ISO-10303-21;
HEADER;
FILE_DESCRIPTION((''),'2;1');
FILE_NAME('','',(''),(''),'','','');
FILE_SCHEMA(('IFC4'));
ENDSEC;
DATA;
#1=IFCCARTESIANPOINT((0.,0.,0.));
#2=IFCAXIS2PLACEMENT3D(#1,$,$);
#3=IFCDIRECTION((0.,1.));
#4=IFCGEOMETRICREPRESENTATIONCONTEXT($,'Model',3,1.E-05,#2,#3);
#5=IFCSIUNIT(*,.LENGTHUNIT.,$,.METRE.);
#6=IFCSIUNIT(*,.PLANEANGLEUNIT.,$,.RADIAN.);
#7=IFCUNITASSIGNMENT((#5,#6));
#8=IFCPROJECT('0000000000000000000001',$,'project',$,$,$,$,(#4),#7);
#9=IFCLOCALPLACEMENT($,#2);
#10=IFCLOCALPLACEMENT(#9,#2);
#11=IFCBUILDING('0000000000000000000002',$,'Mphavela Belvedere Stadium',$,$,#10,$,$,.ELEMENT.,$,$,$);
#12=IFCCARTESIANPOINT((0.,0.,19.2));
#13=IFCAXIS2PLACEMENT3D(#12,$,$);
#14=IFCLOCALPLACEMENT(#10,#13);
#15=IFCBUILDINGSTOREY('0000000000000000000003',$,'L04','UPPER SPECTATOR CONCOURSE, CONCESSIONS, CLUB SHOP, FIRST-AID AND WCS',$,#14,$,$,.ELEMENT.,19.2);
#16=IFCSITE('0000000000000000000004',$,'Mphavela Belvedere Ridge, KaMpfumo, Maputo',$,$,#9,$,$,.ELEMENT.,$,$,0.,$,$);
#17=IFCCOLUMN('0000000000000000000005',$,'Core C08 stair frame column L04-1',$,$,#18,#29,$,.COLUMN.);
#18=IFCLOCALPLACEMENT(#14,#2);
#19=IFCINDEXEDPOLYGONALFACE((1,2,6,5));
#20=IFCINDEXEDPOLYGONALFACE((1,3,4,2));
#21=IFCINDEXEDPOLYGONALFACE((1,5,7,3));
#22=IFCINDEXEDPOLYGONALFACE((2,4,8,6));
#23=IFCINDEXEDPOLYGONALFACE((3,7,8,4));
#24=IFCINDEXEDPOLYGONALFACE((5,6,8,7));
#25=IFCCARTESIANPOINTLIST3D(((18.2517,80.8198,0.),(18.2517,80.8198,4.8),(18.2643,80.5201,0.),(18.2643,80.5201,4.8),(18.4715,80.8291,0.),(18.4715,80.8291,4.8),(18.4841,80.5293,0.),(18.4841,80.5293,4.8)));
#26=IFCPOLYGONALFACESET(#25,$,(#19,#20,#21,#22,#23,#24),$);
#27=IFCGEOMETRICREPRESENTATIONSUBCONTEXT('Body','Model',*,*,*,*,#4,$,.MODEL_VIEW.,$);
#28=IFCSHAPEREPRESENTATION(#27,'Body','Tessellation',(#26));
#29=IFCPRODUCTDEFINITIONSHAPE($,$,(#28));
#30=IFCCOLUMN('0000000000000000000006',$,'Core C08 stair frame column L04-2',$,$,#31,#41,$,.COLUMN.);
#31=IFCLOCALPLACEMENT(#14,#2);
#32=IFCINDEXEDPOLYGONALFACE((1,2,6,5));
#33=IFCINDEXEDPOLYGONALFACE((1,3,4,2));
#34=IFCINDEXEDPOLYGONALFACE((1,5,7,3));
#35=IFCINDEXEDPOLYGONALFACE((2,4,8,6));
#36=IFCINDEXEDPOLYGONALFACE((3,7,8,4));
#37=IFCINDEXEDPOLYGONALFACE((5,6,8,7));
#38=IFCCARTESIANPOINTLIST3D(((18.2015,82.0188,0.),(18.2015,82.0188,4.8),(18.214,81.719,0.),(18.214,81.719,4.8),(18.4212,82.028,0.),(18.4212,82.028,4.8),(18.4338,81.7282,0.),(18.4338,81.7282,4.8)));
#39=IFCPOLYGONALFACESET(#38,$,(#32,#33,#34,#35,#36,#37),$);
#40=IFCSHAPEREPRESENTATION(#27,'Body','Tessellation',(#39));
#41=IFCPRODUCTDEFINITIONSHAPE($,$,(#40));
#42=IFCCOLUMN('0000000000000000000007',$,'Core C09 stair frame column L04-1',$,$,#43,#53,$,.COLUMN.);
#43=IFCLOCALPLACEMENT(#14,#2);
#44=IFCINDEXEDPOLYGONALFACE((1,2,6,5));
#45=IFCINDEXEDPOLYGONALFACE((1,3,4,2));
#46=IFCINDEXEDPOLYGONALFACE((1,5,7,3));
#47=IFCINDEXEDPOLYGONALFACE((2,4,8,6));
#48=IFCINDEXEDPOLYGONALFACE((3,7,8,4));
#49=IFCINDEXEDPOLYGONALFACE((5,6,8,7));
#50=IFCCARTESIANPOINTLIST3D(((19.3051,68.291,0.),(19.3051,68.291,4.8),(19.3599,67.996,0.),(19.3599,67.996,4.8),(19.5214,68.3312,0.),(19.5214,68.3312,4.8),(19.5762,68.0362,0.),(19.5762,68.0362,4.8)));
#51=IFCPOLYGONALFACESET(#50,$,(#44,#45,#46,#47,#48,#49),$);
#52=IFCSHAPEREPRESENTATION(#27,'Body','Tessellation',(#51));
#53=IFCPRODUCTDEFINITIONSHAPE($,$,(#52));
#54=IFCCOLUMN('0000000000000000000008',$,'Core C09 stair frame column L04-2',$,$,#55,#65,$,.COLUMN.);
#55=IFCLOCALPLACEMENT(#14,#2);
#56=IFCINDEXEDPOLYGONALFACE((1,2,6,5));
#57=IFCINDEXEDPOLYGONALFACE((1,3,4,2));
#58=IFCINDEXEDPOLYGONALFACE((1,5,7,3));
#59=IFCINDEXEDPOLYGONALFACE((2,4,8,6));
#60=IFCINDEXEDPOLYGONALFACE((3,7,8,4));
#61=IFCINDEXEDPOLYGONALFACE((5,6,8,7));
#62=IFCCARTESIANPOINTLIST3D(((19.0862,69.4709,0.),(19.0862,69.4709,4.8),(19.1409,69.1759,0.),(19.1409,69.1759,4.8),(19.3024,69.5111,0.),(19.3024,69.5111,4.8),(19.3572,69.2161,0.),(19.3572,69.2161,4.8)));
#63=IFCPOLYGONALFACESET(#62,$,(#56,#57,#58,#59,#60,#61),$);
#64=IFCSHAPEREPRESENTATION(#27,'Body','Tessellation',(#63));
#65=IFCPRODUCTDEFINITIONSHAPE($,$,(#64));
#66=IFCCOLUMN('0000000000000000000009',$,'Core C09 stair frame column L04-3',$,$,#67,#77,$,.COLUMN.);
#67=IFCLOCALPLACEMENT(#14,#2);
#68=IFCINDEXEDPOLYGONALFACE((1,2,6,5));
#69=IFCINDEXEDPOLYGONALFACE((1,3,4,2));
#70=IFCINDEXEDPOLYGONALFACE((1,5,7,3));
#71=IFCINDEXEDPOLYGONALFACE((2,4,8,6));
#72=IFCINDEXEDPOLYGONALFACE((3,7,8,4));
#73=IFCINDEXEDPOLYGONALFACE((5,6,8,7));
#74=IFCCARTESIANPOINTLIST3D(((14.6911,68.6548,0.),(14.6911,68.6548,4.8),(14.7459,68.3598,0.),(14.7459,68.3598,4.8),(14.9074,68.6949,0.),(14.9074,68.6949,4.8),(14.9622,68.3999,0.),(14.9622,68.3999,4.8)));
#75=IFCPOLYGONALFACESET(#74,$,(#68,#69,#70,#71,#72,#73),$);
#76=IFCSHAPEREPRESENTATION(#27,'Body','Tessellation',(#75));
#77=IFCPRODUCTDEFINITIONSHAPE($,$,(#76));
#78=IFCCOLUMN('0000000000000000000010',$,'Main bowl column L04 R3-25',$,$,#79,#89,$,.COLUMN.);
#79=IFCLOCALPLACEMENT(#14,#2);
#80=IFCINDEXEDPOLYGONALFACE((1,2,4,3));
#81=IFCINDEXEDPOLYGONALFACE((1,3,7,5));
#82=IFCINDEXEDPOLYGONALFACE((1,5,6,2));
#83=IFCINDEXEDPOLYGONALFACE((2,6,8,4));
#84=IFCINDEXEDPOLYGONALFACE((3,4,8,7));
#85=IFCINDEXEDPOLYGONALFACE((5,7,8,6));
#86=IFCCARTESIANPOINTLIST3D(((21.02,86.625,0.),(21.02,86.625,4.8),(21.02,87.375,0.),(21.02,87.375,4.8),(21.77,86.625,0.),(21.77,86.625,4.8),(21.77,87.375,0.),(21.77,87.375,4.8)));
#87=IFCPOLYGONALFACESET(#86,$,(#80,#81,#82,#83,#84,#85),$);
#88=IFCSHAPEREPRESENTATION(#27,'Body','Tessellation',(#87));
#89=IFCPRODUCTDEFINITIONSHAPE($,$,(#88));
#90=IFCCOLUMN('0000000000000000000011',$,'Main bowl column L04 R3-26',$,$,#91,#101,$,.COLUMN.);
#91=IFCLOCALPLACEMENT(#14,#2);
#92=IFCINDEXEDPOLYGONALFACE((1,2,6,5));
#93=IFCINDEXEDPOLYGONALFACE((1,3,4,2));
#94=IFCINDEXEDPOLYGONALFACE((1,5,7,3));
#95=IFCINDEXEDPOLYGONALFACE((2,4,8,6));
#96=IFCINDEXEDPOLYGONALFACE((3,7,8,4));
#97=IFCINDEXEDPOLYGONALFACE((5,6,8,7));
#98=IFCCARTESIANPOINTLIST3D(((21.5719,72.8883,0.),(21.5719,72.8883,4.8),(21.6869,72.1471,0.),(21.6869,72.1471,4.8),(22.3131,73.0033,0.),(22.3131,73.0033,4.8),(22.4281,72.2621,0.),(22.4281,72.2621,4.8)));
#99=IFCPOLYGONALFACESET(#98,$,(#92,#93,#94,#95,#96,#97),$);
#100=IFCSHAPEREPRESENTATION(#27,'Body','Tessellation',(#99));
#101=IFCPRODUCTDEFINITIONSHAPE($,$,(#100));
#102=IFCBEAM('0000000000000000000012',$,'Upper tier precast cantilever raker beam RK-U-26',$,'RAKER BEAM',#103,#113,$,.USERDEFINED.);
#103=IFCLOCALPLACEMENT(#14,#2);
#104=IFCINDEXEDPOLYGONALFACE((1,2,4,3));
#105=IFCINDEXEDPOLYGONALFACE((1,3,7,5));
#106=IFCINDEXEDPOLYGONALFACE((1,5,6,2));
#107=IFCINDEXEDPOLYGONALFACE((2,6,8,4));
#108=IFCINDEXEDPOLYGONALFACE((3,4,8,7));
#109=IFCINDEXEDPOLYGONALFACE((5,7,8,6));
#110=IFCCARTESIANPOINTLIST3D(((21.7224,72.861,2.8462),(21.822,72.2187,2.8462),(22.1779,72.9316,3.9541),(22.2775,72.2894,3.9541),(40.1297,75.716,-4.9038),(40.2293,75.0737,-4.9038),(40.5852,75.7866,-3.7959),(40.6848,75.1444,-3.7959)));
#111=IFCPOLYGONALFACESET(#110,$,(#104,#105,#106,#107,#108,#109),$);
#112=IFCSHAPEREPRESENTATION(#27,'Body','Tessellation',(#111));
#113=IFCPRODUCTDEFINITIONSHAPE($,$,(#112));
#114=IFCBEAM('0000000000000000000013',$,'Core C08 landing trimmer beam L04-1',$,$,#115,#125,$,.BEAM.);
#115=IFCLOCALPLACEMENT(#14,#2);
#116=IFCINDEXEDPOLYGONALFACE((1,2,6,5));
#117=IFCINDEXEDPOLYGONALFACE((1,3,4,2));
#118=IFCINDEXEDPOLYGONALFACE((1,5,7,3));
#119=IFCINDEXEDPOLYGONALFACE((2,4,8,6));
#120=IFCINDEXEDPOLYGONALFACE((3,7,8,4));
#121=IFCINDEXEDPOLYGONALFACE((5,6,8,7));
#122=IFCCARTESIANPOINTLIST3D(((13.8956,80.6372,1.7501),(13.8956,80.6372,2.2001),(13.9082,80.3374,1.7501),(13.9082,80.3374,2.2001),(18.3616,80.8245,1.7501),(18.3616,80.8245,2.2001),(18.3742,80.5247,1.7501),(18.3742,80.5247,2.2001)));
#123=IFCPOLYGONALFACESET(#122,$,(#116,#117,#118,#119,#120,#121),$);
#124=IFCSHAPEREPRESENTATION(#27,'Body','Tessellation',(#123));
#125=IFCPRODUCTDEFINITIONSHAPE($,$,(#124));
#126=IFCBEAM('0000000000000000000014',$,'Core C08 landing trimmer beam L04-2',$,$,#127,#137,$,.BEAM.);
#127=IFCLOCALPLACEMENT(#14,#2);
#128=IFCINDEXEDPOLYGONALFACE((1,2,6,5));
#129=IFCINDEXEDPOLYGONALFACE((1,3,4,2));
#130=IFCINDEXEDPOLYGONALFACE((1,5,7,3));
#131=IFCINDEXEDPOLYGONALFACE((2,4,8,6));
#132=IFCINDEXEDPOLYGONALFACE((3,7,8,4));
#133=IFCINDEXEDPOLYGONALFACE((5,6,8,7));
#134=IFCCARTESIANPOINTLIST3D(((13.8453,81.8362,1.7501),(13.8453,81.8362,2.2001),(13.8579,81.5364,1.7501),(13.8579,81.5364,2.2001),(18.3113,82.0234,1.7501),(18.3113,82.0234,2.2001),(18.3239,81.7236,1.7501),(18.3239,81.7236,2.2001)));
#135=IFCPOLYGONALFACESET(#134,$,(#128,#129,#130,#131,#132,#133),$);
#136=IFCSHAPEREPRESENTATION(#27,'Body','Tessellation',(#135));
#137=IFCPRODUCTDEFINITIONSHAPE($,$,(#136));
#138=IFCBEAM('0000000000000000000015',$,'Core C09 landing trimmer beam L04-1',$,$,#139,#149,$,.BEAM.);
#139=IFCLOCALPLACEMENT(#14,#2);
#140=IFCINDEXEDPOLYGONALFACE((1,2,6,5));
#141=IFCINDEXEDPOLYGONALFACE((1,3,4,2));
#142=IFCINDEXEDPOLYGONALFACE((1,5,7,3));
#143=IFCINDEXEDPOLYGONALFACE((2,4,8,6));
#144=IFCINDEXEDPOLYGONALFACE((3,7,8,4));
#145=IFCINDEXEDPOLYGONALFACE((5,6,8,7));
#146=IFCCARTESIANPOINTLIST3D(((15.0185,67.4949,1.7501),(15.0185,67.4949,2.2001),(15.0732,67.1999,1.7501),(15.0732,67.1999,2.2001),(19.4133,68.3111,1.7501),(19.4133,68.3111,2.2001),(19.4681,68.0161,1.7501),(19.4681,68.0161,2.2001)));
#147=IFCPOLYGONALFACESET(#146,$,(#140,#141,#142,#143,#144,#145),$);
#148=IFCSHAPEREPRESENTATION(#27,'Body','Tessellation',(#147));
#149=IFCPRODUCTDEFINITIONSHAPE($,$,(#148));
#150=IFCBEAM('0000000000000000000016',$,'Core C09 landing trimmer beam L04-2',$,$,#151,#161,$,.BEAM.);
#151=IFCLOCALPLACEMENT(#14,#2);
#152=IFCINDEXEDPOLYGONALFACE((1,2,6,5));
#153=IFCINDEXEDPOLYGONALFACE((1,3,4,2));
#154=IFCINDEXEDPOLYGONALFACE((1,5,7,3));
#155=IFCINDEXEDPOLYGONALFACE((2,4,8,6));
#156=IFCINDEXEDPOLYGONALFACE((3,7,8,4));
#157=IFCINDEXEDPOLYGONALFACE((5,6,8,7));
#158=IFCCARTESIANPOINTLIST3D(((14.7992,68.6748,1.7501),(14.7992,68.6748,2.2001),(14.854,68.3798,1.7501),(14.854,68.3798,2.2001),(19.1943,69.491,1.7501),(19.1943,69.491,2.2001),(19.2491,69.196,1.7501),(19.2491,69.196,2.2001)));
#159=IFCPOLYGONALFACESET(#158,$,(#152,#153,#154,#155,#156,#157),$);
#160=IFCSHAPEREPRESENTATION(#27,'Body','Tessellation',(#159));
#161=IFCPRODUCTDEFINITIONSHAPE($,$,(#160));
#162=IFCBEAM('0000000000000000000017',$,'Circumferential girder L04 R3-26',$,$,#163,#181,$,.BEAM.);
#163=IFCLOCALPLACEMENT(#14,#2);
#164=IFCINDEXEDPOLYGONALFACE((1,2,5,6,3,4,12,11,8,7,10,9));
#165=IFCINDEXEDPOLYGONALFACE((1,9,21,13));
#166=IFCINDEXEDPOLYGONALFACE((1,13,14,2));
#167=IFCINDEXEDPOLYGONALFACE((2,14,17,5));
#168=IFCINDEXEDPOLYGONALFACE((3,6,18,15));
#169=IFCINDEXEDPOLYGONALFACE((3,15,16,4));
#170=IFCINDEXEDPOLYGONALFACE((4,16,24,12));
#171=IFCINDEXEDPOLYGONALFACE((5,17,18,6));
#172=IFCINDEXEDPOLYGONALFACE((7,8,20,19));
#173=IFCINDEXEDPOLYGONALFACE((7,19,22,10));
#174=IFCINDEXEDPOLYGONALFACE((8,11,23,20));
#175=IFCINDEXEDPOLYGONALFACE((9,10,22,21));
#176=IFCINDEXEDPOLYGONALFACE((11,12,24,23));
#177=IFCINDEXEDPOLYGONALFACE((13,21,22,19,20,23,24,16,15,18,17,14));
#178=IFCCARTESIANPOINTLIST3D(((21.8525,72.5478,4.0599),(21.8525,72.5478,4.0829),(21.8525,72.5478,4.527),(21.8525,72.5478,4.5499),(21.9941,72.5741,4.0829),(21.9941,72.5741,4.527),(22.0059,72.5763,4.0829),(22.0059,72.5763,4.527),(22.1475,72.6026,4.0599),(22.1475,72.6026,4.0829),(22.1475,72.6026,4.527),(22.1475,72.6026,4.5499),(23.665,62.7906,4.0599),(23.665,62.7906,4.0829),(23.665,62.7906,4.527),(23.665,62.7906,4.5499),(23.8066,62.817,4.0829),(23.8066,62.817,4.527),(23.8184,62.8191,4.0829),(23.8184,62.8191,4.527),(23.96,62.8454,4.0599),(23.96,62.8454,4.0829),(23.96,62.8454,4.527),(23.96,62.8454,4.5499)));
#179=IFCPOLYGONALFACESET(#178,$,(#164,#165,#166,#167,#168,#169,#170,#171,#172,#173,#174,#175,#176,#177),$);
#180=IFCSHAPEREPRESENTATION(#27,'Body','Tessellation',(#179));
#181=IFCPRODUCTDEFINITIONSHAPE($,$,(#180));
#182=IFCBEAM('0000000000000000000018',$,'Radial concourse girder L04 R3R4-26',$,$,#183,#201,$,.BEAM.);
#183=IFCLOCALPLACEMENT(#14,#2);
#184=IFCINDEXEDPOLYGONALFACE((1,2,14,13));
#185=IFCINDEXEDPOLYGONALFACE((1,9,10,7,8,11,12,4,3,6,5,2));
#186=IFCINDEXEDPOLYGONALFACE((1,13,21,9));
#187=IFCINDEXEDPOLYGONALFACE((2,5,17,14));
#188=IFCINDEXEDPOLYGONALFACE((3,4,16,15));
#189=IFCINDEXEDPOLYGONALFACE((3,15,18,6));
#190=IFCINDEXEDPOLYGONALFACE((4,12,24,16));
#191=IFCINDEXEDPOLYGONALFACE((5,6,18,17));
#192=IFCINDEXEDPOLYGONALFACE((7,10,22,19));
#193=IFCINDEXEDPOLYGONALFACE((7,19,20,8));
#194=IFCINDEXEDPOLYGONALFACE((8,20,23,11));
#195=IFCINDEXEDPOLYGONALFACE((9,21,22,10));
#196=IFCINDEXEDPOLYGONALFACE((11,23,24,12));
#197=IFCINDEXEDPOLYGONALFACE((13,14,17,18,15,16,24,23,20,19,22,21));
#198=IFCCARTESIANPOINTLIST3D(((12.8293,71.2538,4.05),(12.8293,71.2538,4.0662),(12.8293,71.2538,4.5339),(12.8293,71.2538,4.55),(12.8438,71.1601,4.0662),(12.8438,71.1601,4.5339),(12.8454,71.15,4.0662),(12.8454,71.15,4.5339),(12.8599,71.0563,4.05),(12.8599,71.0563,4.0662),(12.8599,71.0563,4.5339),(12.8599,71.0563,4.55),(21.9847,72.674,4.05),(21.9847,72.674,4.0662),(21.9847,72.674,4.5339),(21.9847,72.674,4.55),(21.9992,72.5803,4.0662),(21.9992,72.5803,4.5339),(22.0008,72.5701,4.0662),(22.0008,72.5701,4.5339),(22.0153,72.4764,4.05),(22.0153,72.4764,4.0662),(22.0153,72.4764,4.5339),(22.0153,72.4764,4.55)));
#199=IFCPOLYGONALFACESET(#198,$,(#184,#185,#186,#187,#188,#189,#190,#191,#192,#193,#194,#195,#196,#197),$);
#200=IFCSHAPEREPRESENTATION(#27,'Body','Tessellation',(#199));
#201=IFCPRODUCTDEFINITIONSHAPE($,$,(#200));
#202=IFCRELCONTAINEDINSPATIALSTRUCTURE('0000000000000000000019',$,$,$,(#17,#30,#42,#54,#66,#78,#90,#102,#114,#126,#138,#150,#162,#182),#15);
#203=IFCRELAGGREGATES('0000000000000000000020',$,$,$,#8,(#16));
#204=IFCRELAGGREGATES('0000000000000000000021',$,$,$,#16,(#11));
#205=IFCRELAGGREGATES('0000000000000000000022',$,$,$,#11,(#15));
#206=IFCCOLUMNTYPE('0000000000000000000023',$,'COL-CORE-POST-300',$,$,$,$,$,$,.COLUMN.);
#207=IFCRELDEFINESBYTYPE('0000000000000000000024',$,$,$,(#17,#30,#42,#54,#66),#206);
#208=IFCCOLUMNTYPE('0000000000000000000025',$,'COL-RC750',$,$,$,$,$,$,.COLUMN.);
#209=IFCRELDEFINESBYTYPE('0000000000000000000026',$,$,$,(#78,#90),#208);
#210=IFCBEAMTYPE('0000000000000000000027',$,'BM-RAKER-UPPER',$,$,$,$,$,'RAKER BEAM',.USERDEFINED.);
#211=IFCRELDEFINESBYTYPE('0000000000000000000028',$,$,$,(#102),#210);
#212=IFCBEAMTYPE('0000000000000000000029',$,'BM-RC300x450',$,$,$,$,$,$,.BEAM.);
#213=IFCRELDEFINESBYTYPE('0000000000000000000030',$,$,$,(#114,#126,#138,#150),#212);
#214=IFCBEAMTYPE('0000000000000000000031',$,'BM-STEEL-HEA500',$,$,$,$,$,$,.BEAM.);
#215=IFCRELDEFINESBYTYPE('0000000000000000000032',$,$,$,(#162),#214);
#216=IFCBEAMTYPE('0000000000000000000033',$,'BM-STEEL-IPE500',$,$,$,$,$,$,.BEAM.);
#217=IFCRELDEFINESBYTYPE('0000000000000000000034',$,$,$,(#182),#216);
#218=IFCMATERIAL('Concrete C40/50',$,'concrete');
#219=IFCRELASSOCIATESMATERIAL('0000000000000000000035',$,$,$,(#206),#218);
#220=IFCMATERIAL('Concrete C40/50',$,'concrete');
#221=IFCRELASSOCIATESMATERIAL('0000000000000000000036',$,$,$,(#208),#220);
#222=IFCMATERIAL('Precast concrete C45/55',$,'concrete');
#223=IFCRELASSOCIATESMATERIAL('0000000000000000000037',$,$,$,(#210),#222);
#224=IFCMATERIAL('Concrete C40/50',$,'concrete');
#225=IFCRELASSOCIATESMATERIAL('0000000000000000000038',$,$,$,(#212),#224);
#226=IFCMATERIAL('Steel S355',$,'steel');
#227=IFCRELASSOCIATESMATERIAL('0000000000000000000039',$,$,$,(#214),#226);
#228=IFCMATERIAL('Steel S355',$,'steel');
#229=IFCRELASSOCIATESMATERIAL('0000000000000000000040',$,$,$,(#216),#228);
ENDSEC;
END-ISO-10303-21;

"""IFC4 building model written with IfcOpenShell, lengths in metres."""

from ifc_helpers import new_model, si_unit, direction, frame, origin, origin_2d, place, context, subcontext, project, spatial, rectangle, i_section, extrude, material, material_profile, profile_set, type_object, element, save


model = new_model("IFC4")

# Units and contexts
model_context = context("Model", 3, precision=1e-05, world=origin(), true_north=direction((0.0, 1.0)))
body_context = subcontext(model_context, "Body", "Model", "MODEL_VIEW")
ifc_project = project(units=[si_unit("LENGTHUNIT", "METRE"), si_unit("PLANEANGLEUNIT", "RADIAN")], contexts=[model_context])

# Site, building, storey
site_placement = place(None, origin())
site = spatial("IfcSite", under=ifc_project, at=site_placement, Name="Mphavela Belvedere Ridge, KaMpfumo, Maputo", CompositionType="ELEMENT", RefElevation=0.0)
building_placement = place(site_placement, origin())
building = spatial("IfcBuilding", under=site, at=building_placement, Name="Mphavela Belvedere Stadium", CompositionType="ELEMENT")
storey_placement = place(building_placement, frame((0.0, 0.0, 19.2)))
storey = spatial("IfcBuildingStorey", under=building, at=storey_placement, Name="L04", Description="UPPER SPECTATOR CONCOURSE, CONCESSIONS, CLUB SHOP, FIRST-AID AND WCS", CompositionType="ELEMENT", Elevation=19.2)

# Columns
ifc_material_1 = material(Name="Concrete C40/50", Category="concrete")
ifc_material_profile_1 = material_profile(ifc_material_1, rectangle(XDim=0.3, YDim=0.22, at=origin_2d()), Name="RC 300x220")
ifc_profile_set_1 = profile_set([ifc_material_profile_1], Name="Concrete C40/50")
column_type_1 = type_object("IfcColumnType", Name="COL-CORE-POST-300", PredefinedType="COLUMN", material=ifc_profile_set_1)
for number, where, z_axis, x_axis, name in (
    (1, (18.3679, 80.6746, 0.0), (0.0, 0.0, 1.0), (-0.041876, 0.999123, 0.0), "Core C08 stair frame column L04-1"),
    (2, (18.3176, 81.8735, 0.0), (0.0, 0.0, 1.0), (-0.041876, 0.999123, 0.0), "Core C08 stair frame column L04-2"),
    (3, (19.4407, 68.1636, 0.0), (0.0, 0.0, 1.0), (-0.182579, 0.983191, 0.0), "Core C09 stair frame column L04-1"),
    (4, (19.2217, 69.3435, 0.0), (0.0, 0.0, 1.0), (-0.182579, 0.983191, 0.0), "Core C09 stair frame column L04-2"),
    (5, (14.8267, 68.5273, 0.0), (0.0, 0.0, 1.0), (-0.182579, 0.983191, 0.0), "Core C09 stair frame column L04-3"),
):
    element("IfcColumn", number, at=place(storey_placement, frame(where, z_axis=z_axis, x_axis=x_axis)), inside=storey, type_object=column_type_1, Name=name, PredefinedType="COLUMN", context=body_context, shape_type="SweptSolid", body=[
        extrude(rectangle(XDim=0.3, YDim=0.22, at=origin_2d()), origin(), (0.0, 0.0, 1.0), 4.8),
    ])
ifc_material_2 = material(Name="Concrete C40/50", Category="concrete")
ifc_material_profile_2 = material_profile(ifc_material_2, rectangle(XDim=0.75, YDim=0.75, at=origin_2d()), Name="RC 750x750")
ifc_profile_set_2 = profile_set([ifc_material_profile_2], Name="Concrete C40/50")
column_type_2 = type_object("IfcColumnType", Name="COL-RC750", PredefinedType="COLUMN", material=ifc_profile_set_2)
for number, where, z_axis, x_axis, name in (
    (6, (21.395, 87.0, 0.0), (0.0, 0.0, 1.0), (-1.0, 0.0, 0.0), "Main bowl column L04 R3-25"),
    (7, (22.0, 72.5752, 0.0), (0.0, 0.0, 1.0), (-0.988175, -0.153331, 0.0), "Main bowl column L04 R3-26"),
):
    element("IfcColumn", number, at=place(storey_placement, frame(where, z_axis=z_axis, x_axis=x_axis)), inside=storey, type_object=column_type_2, Name=name, PredefinedType="COLUMN", context=body_context, shape_type="SweptSolid", body=[
        extrude(rectangle(XDim=0.75, YDim=0.75, at=origin_2d()), origin(), (0.0, 0.0, 1.0), 4.8),
    ])

# Beams
ifc_material_3 = material(Name="Precast concrete C45/55", Category="concrete")
ifc_material_profile_3 = material_profile(ifc_material_3, rectangle(XDim=0.6499, YDim=1.2, at=origin_2d()), Name="PC 650x1200")
ifc_profile_set_3 = profile_set([ifc_material_profile_3], Name="Precast concrete C45/55")
beam_type_1 = type_object("IfcBeamType", Name="BM-RAKER-UPPER", ElementType="RAKER BEAM", PredefinedType="USERDEFINED", material=ifc_profile_set_3)
beam_1_placement = place(storey_placement, frame((40.4072, 75.4302, -4.3499), z_axis=(-0.912368, -0.141509, 0.384135), x_axis=(0.153268, -0.988185, 0.0)))
element("IfcBeam", 8, at=beam_1_placement, inside=storey, type_object=beam_type_1, Name="Upper tier precast cantilever raker beam RK-U-26", ObjectType="RAKER BEAM", PredefinedType="USERDEFINED", context=body_context, shape_type="SweptSolid", body=[
    extrude(rectangle(XDim=0.6499, YDim=1.2, at=origin_2d()), origin(), (0.0, 0.0, 1.0), 20.1753),
])
ifc_material_4 = material(Name="Concrete C40/50", Category="concrete")
ifc_material_profile_4 = material_profile(ifc_material_4, rectangle(XDim=0.3, YDim=0.45, at=origin_2d()), Name="RC 300x450")
ifc_profile_set_4 = profile_set([ifc_material_profile_4], Name="Concrete C40/50")
beam_type_2 = type_object("IfcBeamType", Name="BM-RC300x450", PredefinedType="BEAM", material=ifc_profile_set_4)
for number, where, z_axis, x_axis, name in (
    (9, (18.3679, 80.6746, 1.9751), (-0.999122, -0.041892, 0.0), (0.041892, -0.999122, 0.0), "Core C08 landing trimmer beam L04-1"),
    (10, (18.3176, 81.8735, 1.9751), (-0.999122, -0.041892, 0.0), (0.041892, -0.999122, 0.0), "Core C08 landing trimmer beam L04-2"),
    (11, (19.4407, 68.1636, 1.9751), (-0.983189, -0.18259, 0.0), (0.18259, -0.983189, 0.0), "Core C09 landing trimmer beam L04-1"),
):
    element("IfcBeam", number, at=place(storey_placement, frame(where, z_axis=z_axis, x_axis=x_axis)), inside=storey, type_object=beam_type_2, Name=name, PredefinedType="BEAM", context=body_context, shape_type="SweptSolid", body=[
        extrude(rectangle(XDim=0.3, YDim=0.45, at=origin_2d()), origin(), (0.0, 0.0, 1.0), 4.47),
    ])
beam_2_placement = place(storey_placement, frame((19.2217, 69.3435, 1.9751), z_axis=(-0.983191, -0.18258, 0.0), x_axis=(0.18258, -0.983191, 0.0)))
element("IfcBeam", 12, at=beam_2_placement, inside=storey, type_object=beam_type_2, Name="Core C09 landing trimmer beam L04-2", PredefinedType="BEAM", context=body_context, shape_type="SweptSolid", body=[
    extrude(rectangle(XDim=0.3, YDim=0.45, at=origin_2d()), origin(), (0.0, 0.0, 1.0), 4.4702),
])
ifc_material_5 = material(Name="Steel S355", Category="steel")
ifc_material_profile_5 = material_profile(ifc_material_5, i_section(OverallWidth=0.3, OverallDepth=0.49, WebThickness=0.012, FlangeThickness=0.0229, at=origin_2d()), Name="HEA 500")
ifc_profile_set_5 = profile_set([ifc_material_profile_5], Name="Steel S355")
beam_type_3 = type_object("IfcBeamType", Name="BM-STEEL-HEA500", PredefinedType="BEAM", material=ifc_profile_set_5)
beam_3_placement = place(storey_placement, frame((22.0, 72.5752, 4.3049), z_axis=(0.182638, -0.98318, 0.0), x_axis=(0.98318, 0.182638, 0.0)))
element("IfcBeam", 13, at=beam_3_placement, inside=storey, type_object=beam_type_3, Name="Circumferential girder L04 R3-26", PredefinedType="BEAM", context=body_context, shape_type="SweptSolid", body=[
    extrude(i_section(OverallWidth=0.3, OverallDepth=0.49, WebThickness=0.012, FlangeThickness=0.0229, at=origin_2d()), origin(), (0.0, 0.0, 1.0), 9.9241),
])
ifc_material_6 = material(Name="Steel S355", Category="steel")
ifc_material_profile_6 = material_profile(ifc_material_6, i_section(OverallWidth=0.2, OverallDepth=0.5, WebThickness=0.0103, FlangeThickness=0.0161, at=origin_2d()), Name="IPE 500")
ifc_profile_set_6 = profile_set([ifc_material_profile_6], Name="Steel S355")
beam_type_4 = type_object("IfcBeamType", Name="BM-STEEL-IPE500", PredefinedType="BEAM", material=ifc_profile_set_6)
beam_4_placement = place(storey_placement, frame((22.0, 72.5752, 4.3), z_axis=(-0.988182, -0.153283, 0.0), x_axis=(0.153283, -0.988182, 0.0)))
element("IfcBeam", 14, at=beam_4_placement, inside=storey, type_object=beam_type_4, Name="Radial concourse girder L04 R3R4-26", PredefinedType="BEAM", context=body_context, shape_type="SweptSolid", body=[
    extrude(i_section(OverallWidth=0.2, OverallDepth=0.5, WebThickness=0.0103, FlangeThickness=0.0161, at=origin_2d()), origin(), (0.0, 0.0, 1.0), 9.2649),
])

save(model, "model.ifc")
